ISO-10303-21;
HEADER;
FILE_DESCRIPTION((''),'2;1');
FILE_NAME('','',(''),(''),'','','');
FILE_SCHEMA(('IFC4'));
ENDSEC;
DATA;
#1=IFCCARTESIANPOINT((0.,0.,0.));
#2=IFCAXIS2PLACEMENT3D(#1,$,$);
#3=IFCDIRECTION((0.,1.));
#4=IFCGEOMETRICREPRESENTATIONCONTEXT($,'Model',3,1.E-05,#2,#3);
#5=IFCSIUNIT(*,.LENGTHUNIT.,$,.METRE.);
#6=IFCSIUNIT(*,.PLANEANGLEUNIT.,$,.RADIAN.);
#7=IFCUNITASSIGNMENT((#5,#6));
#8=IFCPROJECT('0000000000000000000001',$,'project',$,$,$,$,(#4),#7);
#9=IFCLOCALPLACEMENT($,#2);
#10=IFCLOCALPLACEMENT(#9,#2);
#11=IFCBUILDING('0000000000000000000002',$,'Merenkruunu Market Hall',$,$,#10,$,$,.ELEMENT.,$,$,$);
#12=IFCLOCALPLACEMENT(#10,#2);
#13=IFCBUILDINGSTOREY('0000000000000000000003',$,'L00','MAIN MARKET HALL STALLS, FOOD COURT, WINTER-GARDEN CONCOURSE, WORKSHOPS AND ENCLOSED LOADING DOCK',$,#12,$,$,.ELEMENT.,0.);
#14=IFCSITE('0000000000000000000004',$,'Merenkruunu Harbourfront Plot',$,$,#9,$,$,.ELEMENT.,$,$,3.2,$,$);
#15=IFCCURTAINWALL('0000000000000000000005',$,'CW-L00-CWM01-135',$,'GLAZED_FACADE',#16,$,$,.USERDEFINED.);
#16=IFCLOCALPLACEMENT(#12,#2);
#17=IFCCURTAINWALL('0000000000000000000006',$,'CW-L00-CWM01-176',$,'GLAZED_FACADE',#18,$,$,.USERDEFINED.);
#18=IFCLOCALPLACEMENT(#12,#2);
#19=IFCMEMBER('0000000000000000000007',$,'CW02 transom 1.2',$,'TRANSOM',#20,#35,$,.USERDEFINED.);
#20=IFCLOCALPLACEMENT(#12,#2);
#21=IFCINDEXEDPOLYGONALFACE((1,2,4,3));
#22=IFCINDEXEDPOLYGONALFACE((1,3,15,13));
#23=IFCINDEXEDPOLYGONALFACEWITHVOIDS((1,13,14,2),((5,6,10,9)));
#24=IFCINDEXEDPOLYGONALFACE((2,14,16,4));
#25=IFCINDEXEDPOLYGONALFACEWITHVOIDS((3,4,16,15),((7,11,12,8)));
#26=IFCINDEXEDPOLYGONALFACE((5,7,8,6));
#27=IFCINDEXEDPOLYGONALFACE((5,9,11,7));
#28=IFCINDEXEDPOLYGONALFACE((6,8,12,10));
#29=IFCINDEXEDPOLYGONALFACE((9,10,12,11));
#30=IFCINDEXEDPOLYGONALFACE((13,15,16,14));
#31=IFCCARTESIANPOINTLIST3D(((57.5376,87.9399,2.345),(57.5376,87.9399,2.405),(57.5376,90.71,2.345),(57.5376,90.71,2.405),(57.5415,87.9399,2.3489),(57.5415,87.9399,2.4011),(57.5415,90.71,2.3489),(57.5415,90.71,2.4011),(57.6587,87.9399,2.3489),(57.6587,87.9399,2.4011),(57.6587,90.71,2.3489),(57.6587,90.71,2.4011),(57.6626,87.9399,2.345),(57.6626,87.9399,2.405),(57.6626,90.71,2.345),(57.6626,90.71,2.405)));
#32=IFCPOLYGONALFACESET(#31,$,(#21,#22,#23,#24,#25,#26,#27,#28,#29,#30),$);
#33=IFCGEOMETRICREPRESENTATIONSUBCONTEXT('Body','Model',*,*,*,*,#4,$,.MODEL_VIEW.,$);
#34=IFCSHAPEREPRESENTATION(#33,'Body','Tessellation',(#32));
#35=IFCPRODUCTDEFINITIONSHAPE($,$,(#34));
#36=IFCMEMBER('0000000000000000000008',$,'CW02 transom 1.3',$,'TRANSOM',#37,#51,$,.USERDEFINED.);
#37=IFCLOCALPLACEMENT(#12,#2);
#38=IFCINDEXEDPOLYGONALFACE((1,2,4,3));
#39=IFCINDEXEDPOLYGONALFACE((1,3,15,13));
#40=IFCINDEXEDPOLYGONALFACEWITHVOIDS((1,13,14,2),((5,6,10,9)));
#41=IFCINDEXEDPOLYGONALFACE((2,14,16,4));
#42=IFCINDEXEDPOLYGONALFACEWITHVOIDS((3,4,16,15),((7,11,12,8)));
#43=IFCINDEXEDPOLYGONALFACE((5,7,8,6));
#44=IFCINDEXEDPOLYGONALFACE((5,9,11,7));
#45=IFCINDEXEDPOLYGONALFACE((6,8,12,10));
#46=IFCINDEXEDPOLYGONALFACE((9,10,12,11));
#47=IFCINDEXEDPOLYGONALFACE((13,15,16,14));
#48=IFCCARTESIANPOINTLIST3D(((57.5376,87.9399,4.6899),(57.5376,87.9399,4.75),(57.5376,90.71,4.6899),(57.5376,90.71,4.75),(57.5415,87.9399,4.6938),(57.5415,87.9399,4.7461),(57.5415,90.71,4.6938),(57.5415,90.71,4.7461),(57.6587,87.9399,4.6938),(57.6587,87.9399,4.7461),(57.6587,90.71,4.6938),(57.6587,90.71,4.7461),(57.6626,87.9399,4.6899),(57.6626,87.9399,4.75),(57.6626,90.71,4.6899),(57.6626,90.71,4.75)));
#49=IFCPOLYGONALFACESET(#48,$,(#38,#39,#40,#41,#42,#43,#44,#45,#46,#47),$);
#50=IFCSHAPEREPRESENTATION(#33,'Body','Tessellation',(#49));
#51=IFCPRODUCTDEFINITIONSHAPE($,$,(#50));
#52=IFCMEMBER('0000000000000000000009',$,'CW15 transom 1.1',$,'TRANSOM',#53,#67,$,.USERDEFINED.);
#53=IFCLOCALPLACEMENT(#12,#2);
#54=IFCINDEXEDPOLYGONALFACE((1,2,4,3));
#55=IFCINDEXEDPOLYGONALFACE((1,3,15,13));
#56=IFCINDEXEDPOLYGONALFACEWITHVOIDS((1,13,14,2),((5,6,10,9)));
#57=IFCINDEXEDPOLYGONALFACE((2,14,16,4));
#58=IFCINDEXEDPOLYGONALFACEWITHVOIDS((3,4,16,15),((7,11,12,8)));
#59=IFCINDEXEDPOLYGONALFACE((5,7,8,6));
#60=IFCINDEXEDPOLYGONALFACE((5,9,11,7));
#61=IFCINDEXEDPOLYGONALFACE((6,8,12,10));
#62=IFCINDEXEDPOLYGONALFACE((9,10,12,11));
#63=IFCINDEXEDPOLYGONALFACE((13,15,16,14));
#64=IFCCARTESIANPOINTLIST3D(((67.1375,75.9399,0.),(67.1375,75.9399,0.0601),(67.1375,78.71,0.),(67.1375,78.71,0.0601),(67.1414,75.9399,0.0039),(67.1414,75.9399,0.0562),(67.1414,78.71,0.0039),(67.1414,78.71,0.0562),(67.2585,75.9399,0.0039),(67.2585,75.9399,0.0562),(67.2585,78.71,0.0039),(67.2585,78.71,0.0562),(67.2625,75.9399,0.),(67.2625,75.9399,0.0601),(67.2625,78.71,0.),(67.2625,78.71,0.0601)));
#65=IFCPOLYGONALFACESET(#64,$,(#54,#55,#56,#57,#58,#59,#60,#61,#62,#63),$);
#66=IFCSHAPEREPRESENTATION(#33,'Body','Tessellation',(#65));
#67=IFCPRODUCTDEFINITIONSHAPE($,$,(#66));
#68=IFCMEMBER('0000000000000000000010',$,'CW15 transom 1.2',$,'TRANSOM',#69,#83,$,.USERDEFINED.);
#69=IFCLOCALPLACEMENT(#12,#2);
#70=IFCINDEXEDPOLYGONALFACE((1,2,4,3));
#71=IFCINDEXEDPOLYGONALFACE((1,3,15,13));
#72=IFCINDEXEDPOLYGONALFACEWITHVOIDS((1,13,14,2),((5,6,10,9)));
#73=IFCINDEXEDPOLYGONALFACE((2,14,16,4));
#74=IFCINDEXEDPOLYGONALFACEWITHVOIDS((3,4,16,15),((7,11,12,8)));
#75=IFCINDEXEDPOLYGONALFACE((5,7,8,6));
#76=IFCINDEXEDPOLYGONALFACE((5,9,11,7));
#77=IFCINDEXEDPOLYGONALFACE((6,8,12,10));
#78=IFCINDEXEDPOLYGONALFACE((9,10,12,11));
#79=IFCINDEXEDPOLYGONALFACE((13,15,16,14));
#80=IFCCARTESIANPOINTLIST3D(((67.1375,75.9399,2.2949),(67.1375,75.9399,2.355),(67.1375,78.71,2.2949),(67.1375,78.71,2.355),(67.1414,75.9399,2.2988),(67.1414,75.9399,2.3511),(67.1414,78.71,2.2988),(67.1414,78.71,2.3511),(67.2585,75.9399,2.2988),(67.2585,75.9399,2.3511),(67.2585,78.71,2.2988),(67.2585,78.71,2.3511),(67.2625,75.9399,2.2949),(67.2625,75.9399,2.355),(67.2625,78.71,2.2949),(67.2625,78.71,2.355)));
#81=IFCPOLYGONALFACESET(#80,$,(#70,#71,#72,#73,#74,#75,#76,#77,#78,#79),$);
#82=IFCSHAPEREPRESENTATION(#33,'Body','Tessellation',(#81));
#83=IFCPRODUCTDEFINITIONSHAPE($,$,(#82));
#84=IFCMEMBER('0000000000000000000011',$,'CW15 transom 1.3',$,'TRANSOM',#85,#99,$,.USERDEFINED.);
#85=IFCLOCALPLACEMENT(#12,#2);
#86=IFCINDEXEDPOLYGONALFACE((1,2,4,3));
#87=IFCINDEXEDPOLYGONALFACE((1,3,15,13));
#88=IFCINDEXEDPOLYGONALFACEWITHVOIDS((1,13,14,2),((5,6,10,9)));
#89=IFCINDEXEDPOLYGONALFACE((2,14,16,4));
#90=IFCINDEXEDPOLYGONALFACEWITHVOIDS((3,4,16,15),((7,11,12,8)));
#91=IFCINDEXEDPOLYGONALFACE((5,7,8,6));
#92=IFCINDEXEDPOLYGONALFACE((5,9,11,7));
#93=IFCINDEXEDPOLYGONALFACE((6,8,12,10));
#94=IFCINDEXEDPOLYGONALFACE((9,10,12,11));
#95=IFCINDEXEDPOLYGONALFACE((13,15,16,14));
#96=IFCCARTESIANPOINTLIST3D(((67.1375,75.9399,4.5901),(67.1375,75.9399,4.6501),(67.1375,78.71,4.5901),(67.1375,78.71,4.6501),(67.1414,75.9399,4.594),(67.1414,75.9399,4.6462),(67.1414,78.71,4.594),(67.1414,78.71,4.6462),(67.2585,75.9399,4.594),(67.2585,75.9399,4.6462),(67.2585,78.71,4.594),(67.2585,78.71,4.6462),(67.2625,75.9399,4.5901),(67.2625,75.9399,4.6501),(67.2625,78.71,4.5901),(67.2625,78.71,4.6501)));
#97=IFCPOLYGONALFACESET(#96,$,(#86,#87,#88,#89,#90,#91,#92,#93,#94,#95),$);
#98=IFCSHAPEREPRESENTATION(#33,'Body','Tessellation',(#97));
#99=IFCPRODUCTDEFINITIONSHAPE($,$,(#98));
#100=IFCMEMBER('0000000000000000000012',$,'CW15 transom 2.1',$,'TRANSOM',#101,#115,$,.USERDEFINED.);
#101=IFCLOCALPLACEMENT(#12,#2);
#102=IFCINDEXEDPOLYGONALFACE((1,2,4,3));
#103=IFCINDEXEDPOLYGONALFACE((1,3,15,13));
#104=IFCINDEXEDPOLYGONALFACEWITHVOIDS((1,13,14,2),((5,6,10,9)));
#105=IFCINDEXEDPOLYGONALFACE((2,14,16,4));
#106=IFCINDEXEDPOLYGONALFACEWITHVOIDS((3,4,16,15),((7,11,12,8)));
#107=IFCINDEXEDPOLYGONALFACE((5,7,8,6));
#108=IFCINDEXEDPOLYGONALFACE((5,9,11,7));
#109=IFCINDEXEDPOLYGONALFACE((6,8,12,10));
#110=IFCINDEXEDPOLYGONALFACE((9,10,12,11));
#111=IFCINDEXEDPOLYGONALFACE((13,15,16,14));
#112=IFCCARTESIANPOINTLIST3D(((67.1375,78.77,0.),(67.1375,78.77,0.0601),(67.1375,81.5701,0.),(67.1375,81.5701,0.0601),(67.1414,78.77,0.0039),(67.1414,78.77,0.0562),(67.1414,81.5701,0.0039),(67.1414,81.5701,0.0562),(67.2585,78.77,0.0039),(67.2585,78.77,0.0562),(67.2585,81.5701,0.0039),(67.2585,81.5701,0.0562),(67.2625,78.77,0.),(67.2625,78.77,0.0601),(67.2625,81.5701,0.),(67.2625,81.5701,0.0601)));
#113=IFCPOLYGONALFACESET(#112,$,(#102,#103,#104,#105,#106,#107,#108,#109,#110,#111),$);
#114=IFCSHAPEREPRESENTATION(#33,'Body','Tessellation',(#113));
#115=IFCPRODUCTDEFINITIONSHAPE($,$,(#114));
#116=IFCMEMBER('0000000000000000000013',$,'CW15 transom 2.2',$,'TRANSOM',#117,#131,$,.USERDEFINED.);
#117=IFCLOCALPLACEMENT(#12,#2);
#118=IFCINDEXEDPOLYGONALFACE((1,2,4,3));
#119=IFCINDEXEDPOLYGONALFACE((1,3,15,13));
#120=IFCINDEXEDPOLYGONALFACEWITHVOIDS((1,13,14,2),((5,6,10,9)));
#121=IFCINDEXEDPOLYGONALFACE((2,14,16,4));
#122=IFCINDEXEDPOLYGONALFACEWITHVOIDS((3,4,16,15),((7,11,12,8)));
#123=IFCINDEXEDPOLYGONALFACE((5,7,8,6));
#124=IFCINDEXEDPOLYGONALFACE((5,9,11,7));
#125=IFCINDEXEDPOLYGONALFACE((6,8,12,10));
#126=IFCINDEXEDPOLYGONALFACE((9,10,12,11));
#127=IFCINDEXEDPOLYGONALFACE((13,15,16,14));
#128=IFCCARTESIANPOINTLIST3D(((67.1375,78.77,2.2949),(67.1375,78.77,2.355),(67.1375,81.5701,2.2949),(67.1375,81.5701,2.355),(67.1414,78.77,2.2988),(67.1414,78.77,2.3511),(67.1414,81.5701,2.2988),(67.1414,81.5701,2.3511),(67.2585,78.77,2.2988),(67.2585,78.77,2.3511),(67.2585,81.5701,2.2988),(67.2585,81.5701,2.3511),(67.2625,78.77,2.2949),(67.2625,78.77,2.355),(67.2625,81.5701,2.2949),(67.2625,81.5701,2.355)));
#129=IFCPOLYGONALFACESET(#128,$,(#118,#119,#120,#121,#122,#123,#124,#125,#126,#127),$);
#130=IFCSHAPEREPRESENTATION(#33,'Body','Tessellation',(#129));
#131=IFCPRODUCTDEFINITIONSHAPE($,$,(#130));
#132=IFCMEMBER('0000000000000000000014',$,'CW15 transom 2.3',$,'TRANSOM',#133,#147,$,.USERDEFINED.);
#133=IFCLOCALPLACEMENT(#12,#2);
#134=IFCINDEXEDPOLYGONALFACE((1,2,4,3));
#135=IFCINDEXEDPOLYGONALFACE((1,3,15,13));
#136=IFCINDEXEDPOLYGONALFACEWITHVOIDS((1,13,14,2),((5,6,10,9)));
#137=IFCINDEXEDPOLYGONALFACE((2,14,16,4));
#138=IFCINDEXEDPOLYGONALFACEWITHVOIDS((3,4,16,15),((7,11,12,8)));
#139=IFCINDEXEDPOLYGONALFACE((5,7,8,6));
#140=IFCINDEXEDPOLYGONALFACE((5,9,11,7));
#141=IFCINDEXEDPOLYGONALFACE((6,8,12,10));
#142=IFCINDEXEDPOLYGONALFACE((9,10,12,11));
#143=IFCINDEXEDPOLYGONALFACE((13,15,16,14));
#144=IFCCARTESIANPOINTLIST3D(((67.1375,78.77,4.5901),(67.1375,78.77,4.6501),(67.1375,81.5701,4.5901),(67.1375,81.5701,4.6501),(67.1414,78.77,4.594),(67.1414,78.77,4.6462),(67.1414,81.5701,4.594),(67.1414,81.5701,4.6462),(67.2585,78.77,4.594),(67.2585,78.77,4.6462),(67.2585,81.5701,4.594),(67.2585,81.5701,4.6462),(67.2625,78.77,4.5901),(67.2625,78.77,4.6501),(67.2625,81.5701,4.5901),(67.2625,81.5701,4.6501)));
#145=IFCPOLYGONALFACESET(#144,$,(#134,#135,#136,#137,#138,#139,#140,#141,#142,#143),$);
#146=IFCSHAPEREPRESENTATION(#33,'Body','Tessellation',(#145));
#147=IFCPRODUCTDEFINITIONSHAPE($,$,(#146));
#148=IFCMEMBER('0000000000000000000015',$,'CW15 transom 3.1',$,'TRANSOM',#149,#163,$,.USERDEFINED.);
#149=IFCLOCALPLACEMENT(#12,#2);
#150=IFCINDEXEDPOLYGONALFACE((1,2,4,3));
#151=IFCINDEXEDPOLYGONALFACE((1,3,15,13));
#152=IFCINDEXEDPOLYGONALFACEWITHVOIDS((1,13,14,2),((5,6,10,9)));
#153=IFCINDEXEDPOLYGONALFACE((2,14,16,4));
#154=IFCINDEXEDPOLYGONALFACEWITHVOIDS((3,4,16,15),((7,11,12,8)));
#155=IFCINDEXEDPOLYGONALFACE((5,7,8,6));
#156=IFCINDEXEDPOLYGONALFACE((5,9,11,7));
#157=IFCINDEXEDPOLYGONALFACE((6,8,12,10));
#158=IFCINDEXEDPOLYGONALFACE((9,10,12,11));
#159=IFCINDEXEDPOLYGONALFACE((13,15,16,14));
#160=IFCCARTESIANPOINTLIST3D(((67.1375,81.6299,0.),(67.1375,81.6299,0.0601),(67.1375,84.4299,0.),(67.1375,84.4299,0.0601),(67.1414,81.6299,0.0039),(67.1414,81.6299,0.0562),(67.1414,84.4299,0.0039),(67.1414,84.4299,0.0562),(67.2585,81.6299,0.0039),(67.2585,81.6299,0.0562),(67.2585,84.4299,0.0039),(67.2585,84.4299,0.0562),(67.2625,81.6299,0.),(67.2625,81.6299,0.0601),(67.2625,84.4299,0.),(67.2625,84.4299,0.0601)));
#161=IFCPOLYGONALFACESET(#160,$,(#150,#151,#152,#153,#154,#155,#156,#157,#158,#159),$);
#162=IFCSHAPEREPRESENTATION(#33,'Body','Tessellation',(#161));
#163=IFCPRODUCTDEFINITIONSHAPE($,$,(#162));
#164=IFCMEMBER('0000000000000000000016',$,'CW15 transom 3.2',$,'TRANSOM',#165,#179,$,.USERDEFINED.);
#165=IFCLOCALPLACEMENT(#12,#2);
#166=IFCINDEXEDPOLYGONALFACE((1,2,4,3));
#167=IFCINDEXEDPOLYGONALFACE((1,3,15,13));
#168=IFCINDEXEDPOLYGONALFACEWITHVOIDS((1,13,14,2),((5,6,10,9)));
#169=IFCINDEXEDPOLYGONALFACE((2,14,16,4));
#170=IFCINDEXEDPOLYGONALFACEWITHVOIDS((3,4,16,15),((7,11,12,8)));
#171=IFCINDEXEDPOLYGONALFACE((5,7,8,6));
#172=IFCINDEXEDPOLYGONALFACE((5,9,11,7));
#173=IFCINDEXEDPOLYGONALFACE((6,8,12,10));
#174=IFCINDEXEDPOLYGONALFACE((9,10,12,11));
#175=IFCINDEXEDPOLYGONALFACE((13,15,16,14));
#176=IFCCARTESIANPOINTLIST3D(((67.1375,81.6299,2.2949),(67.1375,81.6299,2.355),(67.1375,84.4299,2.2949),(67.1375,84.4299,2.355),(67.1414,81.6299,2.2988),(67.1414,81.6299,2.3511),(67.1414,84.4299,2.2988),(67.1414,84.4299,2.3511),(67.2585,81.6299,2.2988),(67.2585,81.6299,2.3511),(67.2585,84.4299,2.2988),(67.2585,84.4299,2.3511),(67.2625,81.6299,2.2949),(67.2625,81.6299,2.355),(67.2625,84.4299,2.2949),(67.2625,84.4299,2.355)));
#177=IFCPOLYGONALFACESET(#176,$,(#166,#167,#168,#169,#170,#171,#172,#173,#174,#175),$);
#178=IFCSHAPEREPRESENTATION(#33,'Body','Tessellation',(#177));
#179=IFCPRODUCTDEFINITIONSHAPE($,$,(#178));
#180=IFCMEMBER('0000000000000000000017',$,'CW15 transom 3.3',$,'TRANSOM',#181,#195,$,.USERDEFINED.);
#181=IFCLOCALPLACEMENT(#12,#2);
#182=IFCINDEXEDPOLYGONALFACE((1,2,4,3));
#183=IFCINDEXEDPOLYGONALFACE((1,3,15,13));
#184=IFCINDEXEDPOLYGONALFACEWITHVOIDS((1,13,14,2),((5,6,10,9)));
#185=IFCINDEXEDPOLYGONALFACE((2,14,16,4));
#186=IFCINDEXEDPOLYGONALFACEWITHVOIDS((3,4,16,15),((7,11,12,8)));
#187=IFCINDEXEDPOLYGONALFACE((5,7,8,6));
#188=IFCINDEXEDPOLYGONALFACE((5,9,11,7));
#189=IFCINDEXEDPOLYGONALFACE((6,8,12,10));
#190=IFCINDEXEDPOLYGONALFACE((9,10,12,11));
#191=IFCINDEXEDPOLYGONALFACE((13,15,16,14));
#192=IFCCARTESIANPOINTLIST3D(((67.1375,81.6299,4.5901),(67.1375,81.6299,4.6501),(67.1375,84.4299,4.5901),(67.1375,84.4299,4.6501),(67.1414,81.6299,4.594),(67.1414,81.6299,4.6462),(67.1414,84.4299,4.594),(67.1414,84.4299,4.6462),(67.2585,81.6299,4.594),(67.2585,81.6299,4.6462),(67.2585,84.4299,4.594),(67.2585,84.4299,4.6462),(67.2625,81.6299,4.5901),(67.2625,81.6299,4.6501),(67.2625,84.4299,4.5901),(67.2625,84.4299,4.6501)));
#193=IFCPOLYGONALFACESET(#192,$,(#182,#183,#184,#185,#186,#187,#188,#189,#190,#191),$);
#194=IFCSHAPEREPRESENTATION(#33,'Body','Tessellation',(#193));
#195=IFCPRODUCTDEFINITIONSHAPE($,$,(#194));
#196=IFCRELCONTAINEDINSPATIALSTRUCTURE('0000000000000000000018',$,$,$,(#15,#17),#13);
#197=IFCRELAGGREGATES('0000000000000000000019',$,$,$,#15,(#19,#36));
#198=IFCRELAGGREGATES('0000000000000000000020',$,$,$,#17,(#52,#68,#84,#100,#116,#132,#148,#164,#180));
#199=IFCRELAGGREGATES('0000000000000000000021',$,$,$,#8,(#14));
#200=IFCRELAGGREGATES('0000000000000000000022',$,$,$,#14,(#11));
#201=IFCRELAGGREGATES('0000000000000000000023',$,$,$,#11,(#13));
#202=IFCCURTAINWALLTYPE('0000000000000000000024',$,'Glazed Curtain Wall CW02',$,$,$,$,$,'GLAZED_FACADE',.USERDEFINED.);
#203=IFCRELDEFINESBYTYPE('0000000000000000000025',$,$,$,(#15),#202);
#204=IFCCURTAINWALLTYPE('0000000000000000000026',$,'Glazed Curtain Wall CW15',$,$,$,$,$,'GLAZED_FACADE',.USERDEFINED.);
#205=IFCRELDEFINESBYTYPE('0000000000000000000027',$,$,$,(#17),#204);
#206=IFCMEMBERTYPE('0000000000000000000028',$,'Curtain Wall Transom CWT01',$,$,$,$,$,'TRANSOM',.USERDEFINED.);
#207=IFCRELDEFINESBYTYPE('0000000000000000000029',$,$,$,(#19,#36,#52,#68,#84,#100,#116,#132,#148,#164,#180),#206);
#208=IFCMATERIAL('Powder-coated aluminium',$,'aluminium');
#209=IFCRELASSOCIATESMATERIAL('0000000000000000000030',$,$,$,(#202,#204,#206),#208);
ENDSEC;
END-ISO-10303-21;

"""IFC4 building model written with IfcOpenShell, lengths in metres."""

from ifc_helpers import new_model, si_unit, direction, frame, origin, origin_2d, place, context, subcontext, project, spatial, hollow_rectangle, extrude, material, material_profile, profile_set, type_object, element, aggregate, save


model = new_model("IFC4")

# Units and contexts
model_context = context("Model", 3, precision=1e-05, world=origin(), true_north=direction((0.0, 1.0)))
body_context = subcontext(model_context, "Body", "Model", "MODEL_VIEW")
ifc_project = project(units=[si_unit("LENGTHUNIT", "METRE"), si_unit("PLANEANGLEUNIT", "RADIAN")], contexts=[model_context])

# Site, building, storey
site_placement = place(None, origin())
site = spatial("IfcSite", under=ifc_project, at=site_placement, Name="Merenkruunu Harbourfront Plot", CompositionType="ELEMENT", RefElevation=3.2)
building_placement = place(site_placement, origin())
building = spatial("IfcBuilding", under=site, at=building_placement, Name="Merenkruunu Market Hall", CompositionType="ELEMENT")
storey_placement = place(building_placement, origin())
storey = spatial("IfcBuildingStorey", under=building, at=storey_placement, Name="L00", Description="MAIN MARKET HALL STALLS, FOOD COURT, WINTER-GARDEN CONCOURSE, WORKSHOPS AND ENCLOSED LOADING DOCK", CompositionType="ELEMENT", Elevation=0.0)

# Curtain wall
ifc_material_1 = material(Name="Powder-coated aluminium", Category="aluminium")
curtain_wall_type_1 = type_object("IfcCurtainWallType", Name="Glazed Curtain Wall CW02", ElementType="GLAZED_FACADE", PredefinedType="USERDEFINED", material=ifc_material_1)
curtain_wall_1_placement = place(storey_placement, origin())
curtain_wall_1 = element("IfcCurtainWall", 1, at=curtain_wall_1_placement, inside=storey, type_object=curtain_wall_type_1, Name="CW-L00-CWM01-135", ObjectType="GLAZED_FACADE", PredefinedType="USERDEFINED")

# Curtain wall
curtain_wall_type_2 = type_object("IfcCurtainWallType", Name="Glazed Curtain Wall CW15", ElementType="GLAZED_FACADE", PredefinedType="USERDEFINED", material=ifc_material_1)
curtain_wall_2_placement = place(storey_placement, origin())
curtain_wall_2 = element("IfcCurtainWall", 2, at=curtain_wall_2_placement, inside=storey, type_object=curtain_wall_type_2, Name="CW-L00-CWM01-176", ObjectType="GLAZED_FACADE", PredefinedType="USERDEFINED")

# Members
ifc_material_profile_1 = material_profile(ifc_material_1, hollow_rectangle(XDim=0.0601, YDim=0.125, WallThickness=0.0039, at=origin_2d()), Name="ALU 60x125x4")
ifc_profile_set_1 = profile_set([ifc_material_profile_1], Name="Powder-coated aluminium")
member_type_1 = type_object("IfcMemberType", Name="Curtain Wall Transom CWT01", ElementType="TRANSOM", PredefinedType="USERDEFINED", material=ifc_profile_set_1)
member_1_placement = place(storey_placement, frame((57.6001, 87.9399, 2.375), z_axis=(0.0, 1.0, 0.0), x_axis=(0.0, 0.0, 1.0)))
member_1 = element("IfcMember", 3, at=member_1_placement, type_object=member_type_1, Name="CW02 transom 1.2", ObjectType="TRANSOM", PredefinedType="USERDEFINED", context=body_context, shape_type="SweptSolid", body=[
    extrude(hollow_rectangle(XDim=0.0601, YDim=0.125, WallThickness=0.0039, at=origin_2d()), origin(), (0.0, 0.0, 1.0), 2.77),
])
member_2_placement = place(storey_placement, frame((57.6001, 87.9399, 4.72), z_axis=(0.0, 1.0, 0.0), x_axis=(0.0, 0.0, 1.0)))
member_2 = element("IfcMember", 4, at=member_2_placement, type_object=member_type_1, Name="CW02 transom 1.3", ObjectType="TRANSOM", PredefinedType="USERDEFINED", context=body_context, shape_type="SweptSolid", body=[
    extrude(hollow_rectangle(XDim=0.0601, YDim=0.125, WallThickness=0.0039, at=origin_2d()), origin(), (0.0, 0.0, 1.0), 2.77),
])
member_3_placement = place(storey_placement, frame((67.2, 75.9399, 0.03), z_axis=(0.0, 1.0, 0.0), x_axis=(0.0, 0.0, 1.0)))
member_3 = element("IfcMember", 5, at=member_3_placement, type_object=member_type_1, Name="CW15 transom 1.1", ObjectType="TRANSOM", PredefinedType="USERDEFINED", context=body_context, shape_type="SweptSolid", body=[
    extrude(hollow_rectangle(XDim=0.0601, YDim=0.125, WallThickness=0.0039, at=origin_2d()), origin(), (0.0, 0.0, 1.0), 2.77),
])
member_4_placement = place(storey_placement, frame((67.2, 75.9399, 2.325), z_axis=(0.0, 1.0, 0.0), x_axis=(0.0, 0.0, 1.0)))
member_4 = element("IfcMember", 6, at=member_4_placement, type_object=member_type_1, Name="CW15 transom 1.2", ObjectType="TRANSOM", PredefinedType="USERDEFINED", context=body_context, shape_type="SweptSolid", body=[
    extrude(hollow_rectangle(XDim=0.0601, YDim=0.125, WallThickness=0.0039, at=origin_2d()), origin(), (0.0, 0.0, 1.0), 2.77),
])
member_5_placement = place(storey_placement, frame((67.2, 75.9399, 4.6201), z_axis=(0.0, 1.0, 0.0), x_axis=(0.0, 0.0, 1.0)))
member_5 = element("IfcMember", 7, at=member_5_placement, type_object=member_type_1, Name="CW15 transom 1.3", ObjectType="TRANSOM", PredefinedType="USERDEFINED", context=body_context, shape_type="SweptSolid", body=[
    extrude(hollow_rectangle(XDim=0.0601, YDim=0.125, WallThickness=0.0039, at=origin_2d()), origin(), (0.0, 0.0, 1.0), 2.77),
])
member_6_placement = place(storey_placement, frame((67.2, 78.77, 0.03), z_axis=(0.0, 1.0, 0.0), x_axis=(0.0, 0.0, 1.0)))
member_6 = element("IfcMember", 8, at=member_6_placement, type_object=member_type_1, Name="CW15 transom 2.1", ObjectType="TRANSOM", PredefinedType="USERDEFINED", context=body_context, shape_type="SweptSolid", body=[
    extrude(hollow_rectangle(XDim=0.0601, YDim=0.125, WallThickness=0.0039, at=origin_2d()), origin(), (0.0, 0.0, 1.0), 2.8),
])
member_7_placement = place(storey_placement, frame((67.2, 78.77, 2.325), z_axis=(0.0, 1.0, 0.0), x_axis=(0.0, 0.0, 1.0)))
member_7 = element("IfcMember", 9, at=member_7_placement, type_object=member_type_1, Name="CW15 transom 2.2", ObjectType="TRANSOM", PredefinedType="USERDEFINED", context=body_context, shape_type="SweptSolid", body=[
    extrude(hollow_rectangle(XDim=0.0601, YDim=0.125, WallThickness=0.0039, at=origin_2d()), origin(), (0.0, 0.0, 1.0), 2.8),
])
member_8_placement = place(storey_placement, frame((67.2, 78.77, 4.6201), z_axis=(0.0, 1.0, 0.0), x_axis=(0.0, 0.0, 1.0)))
member_8 = element("IfcMember", 10, at=member_8_placement, type_object=member_type_1, Name="CW15 transom 2.3", ObjectType="TRANSOM", PredefinedType="USERDEFINED", context=body_context, shape_type="SweptSolid", body=[
    extrude(hollow_rectangle(XDim=0.0601, YDim=0.125, WallThickness=0.0039, at=origin_2d()), origin(), (0.0, 0.0, 1.0), 2.8),
])
member_9_placement = place(storey_placement, frame((67.2, 81.6299, 0.03), z_axis=(0.0, 1.0, 0.0), x_axis=(0.0, 0.0, 1.0)))
member_9 = element("IfcMember", 11, at=member_9_placement, type_object=member_type_1, Name="CW15 transom 3.1", ObjectType="TRANSOM", PredefinedType="USERDEFINED", context=body_context, shape_type="SweptSolid", body=[
    extrude(hollow_rectangle(XDim=0.0601, YDim=0.125, WallThickness=0.0039, at=origin_2d()), origin(), (0.0, 0.0, 1.0), 2.8),
])
member_10_placement = place(storey_placement, frame((67.2, 81.6299, 2.325), z_axis=(0.0, 1.0, 0.0), x_axis=(0.0, 0.0, 1.0)))
member_10 = element("IfcMember", 12, at=member_10_placement, type_object=member_type_1, Name="CW15 transom 3.2", ObjectType="TRANSOM", PredefinedType="USERDEFINED", context=body_context, shape_type="SweptSolid", body=[
    extrude(hollow_rectangle(XDim=0.0601, YDim=0.125, WallThickness=0.0039, at=origin_2d()), origin(), (0.0, 0.0, 1.0), 2.8),
])
member_11_placement = place(storey_placement, frame((67.2, 81.6299, 4.6201), z_axis=(0.0, 1.0, 0.0), x_axis=(0.0, 0.0, 1.0)))
member_11 = element("IfcMember", 13, at=member_11_placement, type_object=member_type_1, Name="CW15 transom 3.3", ObjectType="TRANSOM", PredefinedType="USERDEFINED", context=body_context, shape_type="SweptSolid", body=[
    extrude(hollow_rectangle(XDim=0.0601, YDim=0.125, WallThickness=0.0039, at=origin_2d()), origin(), (0.0, 0.0, 1.0), 2.8),
])

aggregate(curtain_wall_1, [member_1, member_2])
aggregate(curtain_wall_2, [member_3, member_4, member_5, member_6, member_7, member_8, member_9, member_10, member_11])

save(model, "model.ifc")
